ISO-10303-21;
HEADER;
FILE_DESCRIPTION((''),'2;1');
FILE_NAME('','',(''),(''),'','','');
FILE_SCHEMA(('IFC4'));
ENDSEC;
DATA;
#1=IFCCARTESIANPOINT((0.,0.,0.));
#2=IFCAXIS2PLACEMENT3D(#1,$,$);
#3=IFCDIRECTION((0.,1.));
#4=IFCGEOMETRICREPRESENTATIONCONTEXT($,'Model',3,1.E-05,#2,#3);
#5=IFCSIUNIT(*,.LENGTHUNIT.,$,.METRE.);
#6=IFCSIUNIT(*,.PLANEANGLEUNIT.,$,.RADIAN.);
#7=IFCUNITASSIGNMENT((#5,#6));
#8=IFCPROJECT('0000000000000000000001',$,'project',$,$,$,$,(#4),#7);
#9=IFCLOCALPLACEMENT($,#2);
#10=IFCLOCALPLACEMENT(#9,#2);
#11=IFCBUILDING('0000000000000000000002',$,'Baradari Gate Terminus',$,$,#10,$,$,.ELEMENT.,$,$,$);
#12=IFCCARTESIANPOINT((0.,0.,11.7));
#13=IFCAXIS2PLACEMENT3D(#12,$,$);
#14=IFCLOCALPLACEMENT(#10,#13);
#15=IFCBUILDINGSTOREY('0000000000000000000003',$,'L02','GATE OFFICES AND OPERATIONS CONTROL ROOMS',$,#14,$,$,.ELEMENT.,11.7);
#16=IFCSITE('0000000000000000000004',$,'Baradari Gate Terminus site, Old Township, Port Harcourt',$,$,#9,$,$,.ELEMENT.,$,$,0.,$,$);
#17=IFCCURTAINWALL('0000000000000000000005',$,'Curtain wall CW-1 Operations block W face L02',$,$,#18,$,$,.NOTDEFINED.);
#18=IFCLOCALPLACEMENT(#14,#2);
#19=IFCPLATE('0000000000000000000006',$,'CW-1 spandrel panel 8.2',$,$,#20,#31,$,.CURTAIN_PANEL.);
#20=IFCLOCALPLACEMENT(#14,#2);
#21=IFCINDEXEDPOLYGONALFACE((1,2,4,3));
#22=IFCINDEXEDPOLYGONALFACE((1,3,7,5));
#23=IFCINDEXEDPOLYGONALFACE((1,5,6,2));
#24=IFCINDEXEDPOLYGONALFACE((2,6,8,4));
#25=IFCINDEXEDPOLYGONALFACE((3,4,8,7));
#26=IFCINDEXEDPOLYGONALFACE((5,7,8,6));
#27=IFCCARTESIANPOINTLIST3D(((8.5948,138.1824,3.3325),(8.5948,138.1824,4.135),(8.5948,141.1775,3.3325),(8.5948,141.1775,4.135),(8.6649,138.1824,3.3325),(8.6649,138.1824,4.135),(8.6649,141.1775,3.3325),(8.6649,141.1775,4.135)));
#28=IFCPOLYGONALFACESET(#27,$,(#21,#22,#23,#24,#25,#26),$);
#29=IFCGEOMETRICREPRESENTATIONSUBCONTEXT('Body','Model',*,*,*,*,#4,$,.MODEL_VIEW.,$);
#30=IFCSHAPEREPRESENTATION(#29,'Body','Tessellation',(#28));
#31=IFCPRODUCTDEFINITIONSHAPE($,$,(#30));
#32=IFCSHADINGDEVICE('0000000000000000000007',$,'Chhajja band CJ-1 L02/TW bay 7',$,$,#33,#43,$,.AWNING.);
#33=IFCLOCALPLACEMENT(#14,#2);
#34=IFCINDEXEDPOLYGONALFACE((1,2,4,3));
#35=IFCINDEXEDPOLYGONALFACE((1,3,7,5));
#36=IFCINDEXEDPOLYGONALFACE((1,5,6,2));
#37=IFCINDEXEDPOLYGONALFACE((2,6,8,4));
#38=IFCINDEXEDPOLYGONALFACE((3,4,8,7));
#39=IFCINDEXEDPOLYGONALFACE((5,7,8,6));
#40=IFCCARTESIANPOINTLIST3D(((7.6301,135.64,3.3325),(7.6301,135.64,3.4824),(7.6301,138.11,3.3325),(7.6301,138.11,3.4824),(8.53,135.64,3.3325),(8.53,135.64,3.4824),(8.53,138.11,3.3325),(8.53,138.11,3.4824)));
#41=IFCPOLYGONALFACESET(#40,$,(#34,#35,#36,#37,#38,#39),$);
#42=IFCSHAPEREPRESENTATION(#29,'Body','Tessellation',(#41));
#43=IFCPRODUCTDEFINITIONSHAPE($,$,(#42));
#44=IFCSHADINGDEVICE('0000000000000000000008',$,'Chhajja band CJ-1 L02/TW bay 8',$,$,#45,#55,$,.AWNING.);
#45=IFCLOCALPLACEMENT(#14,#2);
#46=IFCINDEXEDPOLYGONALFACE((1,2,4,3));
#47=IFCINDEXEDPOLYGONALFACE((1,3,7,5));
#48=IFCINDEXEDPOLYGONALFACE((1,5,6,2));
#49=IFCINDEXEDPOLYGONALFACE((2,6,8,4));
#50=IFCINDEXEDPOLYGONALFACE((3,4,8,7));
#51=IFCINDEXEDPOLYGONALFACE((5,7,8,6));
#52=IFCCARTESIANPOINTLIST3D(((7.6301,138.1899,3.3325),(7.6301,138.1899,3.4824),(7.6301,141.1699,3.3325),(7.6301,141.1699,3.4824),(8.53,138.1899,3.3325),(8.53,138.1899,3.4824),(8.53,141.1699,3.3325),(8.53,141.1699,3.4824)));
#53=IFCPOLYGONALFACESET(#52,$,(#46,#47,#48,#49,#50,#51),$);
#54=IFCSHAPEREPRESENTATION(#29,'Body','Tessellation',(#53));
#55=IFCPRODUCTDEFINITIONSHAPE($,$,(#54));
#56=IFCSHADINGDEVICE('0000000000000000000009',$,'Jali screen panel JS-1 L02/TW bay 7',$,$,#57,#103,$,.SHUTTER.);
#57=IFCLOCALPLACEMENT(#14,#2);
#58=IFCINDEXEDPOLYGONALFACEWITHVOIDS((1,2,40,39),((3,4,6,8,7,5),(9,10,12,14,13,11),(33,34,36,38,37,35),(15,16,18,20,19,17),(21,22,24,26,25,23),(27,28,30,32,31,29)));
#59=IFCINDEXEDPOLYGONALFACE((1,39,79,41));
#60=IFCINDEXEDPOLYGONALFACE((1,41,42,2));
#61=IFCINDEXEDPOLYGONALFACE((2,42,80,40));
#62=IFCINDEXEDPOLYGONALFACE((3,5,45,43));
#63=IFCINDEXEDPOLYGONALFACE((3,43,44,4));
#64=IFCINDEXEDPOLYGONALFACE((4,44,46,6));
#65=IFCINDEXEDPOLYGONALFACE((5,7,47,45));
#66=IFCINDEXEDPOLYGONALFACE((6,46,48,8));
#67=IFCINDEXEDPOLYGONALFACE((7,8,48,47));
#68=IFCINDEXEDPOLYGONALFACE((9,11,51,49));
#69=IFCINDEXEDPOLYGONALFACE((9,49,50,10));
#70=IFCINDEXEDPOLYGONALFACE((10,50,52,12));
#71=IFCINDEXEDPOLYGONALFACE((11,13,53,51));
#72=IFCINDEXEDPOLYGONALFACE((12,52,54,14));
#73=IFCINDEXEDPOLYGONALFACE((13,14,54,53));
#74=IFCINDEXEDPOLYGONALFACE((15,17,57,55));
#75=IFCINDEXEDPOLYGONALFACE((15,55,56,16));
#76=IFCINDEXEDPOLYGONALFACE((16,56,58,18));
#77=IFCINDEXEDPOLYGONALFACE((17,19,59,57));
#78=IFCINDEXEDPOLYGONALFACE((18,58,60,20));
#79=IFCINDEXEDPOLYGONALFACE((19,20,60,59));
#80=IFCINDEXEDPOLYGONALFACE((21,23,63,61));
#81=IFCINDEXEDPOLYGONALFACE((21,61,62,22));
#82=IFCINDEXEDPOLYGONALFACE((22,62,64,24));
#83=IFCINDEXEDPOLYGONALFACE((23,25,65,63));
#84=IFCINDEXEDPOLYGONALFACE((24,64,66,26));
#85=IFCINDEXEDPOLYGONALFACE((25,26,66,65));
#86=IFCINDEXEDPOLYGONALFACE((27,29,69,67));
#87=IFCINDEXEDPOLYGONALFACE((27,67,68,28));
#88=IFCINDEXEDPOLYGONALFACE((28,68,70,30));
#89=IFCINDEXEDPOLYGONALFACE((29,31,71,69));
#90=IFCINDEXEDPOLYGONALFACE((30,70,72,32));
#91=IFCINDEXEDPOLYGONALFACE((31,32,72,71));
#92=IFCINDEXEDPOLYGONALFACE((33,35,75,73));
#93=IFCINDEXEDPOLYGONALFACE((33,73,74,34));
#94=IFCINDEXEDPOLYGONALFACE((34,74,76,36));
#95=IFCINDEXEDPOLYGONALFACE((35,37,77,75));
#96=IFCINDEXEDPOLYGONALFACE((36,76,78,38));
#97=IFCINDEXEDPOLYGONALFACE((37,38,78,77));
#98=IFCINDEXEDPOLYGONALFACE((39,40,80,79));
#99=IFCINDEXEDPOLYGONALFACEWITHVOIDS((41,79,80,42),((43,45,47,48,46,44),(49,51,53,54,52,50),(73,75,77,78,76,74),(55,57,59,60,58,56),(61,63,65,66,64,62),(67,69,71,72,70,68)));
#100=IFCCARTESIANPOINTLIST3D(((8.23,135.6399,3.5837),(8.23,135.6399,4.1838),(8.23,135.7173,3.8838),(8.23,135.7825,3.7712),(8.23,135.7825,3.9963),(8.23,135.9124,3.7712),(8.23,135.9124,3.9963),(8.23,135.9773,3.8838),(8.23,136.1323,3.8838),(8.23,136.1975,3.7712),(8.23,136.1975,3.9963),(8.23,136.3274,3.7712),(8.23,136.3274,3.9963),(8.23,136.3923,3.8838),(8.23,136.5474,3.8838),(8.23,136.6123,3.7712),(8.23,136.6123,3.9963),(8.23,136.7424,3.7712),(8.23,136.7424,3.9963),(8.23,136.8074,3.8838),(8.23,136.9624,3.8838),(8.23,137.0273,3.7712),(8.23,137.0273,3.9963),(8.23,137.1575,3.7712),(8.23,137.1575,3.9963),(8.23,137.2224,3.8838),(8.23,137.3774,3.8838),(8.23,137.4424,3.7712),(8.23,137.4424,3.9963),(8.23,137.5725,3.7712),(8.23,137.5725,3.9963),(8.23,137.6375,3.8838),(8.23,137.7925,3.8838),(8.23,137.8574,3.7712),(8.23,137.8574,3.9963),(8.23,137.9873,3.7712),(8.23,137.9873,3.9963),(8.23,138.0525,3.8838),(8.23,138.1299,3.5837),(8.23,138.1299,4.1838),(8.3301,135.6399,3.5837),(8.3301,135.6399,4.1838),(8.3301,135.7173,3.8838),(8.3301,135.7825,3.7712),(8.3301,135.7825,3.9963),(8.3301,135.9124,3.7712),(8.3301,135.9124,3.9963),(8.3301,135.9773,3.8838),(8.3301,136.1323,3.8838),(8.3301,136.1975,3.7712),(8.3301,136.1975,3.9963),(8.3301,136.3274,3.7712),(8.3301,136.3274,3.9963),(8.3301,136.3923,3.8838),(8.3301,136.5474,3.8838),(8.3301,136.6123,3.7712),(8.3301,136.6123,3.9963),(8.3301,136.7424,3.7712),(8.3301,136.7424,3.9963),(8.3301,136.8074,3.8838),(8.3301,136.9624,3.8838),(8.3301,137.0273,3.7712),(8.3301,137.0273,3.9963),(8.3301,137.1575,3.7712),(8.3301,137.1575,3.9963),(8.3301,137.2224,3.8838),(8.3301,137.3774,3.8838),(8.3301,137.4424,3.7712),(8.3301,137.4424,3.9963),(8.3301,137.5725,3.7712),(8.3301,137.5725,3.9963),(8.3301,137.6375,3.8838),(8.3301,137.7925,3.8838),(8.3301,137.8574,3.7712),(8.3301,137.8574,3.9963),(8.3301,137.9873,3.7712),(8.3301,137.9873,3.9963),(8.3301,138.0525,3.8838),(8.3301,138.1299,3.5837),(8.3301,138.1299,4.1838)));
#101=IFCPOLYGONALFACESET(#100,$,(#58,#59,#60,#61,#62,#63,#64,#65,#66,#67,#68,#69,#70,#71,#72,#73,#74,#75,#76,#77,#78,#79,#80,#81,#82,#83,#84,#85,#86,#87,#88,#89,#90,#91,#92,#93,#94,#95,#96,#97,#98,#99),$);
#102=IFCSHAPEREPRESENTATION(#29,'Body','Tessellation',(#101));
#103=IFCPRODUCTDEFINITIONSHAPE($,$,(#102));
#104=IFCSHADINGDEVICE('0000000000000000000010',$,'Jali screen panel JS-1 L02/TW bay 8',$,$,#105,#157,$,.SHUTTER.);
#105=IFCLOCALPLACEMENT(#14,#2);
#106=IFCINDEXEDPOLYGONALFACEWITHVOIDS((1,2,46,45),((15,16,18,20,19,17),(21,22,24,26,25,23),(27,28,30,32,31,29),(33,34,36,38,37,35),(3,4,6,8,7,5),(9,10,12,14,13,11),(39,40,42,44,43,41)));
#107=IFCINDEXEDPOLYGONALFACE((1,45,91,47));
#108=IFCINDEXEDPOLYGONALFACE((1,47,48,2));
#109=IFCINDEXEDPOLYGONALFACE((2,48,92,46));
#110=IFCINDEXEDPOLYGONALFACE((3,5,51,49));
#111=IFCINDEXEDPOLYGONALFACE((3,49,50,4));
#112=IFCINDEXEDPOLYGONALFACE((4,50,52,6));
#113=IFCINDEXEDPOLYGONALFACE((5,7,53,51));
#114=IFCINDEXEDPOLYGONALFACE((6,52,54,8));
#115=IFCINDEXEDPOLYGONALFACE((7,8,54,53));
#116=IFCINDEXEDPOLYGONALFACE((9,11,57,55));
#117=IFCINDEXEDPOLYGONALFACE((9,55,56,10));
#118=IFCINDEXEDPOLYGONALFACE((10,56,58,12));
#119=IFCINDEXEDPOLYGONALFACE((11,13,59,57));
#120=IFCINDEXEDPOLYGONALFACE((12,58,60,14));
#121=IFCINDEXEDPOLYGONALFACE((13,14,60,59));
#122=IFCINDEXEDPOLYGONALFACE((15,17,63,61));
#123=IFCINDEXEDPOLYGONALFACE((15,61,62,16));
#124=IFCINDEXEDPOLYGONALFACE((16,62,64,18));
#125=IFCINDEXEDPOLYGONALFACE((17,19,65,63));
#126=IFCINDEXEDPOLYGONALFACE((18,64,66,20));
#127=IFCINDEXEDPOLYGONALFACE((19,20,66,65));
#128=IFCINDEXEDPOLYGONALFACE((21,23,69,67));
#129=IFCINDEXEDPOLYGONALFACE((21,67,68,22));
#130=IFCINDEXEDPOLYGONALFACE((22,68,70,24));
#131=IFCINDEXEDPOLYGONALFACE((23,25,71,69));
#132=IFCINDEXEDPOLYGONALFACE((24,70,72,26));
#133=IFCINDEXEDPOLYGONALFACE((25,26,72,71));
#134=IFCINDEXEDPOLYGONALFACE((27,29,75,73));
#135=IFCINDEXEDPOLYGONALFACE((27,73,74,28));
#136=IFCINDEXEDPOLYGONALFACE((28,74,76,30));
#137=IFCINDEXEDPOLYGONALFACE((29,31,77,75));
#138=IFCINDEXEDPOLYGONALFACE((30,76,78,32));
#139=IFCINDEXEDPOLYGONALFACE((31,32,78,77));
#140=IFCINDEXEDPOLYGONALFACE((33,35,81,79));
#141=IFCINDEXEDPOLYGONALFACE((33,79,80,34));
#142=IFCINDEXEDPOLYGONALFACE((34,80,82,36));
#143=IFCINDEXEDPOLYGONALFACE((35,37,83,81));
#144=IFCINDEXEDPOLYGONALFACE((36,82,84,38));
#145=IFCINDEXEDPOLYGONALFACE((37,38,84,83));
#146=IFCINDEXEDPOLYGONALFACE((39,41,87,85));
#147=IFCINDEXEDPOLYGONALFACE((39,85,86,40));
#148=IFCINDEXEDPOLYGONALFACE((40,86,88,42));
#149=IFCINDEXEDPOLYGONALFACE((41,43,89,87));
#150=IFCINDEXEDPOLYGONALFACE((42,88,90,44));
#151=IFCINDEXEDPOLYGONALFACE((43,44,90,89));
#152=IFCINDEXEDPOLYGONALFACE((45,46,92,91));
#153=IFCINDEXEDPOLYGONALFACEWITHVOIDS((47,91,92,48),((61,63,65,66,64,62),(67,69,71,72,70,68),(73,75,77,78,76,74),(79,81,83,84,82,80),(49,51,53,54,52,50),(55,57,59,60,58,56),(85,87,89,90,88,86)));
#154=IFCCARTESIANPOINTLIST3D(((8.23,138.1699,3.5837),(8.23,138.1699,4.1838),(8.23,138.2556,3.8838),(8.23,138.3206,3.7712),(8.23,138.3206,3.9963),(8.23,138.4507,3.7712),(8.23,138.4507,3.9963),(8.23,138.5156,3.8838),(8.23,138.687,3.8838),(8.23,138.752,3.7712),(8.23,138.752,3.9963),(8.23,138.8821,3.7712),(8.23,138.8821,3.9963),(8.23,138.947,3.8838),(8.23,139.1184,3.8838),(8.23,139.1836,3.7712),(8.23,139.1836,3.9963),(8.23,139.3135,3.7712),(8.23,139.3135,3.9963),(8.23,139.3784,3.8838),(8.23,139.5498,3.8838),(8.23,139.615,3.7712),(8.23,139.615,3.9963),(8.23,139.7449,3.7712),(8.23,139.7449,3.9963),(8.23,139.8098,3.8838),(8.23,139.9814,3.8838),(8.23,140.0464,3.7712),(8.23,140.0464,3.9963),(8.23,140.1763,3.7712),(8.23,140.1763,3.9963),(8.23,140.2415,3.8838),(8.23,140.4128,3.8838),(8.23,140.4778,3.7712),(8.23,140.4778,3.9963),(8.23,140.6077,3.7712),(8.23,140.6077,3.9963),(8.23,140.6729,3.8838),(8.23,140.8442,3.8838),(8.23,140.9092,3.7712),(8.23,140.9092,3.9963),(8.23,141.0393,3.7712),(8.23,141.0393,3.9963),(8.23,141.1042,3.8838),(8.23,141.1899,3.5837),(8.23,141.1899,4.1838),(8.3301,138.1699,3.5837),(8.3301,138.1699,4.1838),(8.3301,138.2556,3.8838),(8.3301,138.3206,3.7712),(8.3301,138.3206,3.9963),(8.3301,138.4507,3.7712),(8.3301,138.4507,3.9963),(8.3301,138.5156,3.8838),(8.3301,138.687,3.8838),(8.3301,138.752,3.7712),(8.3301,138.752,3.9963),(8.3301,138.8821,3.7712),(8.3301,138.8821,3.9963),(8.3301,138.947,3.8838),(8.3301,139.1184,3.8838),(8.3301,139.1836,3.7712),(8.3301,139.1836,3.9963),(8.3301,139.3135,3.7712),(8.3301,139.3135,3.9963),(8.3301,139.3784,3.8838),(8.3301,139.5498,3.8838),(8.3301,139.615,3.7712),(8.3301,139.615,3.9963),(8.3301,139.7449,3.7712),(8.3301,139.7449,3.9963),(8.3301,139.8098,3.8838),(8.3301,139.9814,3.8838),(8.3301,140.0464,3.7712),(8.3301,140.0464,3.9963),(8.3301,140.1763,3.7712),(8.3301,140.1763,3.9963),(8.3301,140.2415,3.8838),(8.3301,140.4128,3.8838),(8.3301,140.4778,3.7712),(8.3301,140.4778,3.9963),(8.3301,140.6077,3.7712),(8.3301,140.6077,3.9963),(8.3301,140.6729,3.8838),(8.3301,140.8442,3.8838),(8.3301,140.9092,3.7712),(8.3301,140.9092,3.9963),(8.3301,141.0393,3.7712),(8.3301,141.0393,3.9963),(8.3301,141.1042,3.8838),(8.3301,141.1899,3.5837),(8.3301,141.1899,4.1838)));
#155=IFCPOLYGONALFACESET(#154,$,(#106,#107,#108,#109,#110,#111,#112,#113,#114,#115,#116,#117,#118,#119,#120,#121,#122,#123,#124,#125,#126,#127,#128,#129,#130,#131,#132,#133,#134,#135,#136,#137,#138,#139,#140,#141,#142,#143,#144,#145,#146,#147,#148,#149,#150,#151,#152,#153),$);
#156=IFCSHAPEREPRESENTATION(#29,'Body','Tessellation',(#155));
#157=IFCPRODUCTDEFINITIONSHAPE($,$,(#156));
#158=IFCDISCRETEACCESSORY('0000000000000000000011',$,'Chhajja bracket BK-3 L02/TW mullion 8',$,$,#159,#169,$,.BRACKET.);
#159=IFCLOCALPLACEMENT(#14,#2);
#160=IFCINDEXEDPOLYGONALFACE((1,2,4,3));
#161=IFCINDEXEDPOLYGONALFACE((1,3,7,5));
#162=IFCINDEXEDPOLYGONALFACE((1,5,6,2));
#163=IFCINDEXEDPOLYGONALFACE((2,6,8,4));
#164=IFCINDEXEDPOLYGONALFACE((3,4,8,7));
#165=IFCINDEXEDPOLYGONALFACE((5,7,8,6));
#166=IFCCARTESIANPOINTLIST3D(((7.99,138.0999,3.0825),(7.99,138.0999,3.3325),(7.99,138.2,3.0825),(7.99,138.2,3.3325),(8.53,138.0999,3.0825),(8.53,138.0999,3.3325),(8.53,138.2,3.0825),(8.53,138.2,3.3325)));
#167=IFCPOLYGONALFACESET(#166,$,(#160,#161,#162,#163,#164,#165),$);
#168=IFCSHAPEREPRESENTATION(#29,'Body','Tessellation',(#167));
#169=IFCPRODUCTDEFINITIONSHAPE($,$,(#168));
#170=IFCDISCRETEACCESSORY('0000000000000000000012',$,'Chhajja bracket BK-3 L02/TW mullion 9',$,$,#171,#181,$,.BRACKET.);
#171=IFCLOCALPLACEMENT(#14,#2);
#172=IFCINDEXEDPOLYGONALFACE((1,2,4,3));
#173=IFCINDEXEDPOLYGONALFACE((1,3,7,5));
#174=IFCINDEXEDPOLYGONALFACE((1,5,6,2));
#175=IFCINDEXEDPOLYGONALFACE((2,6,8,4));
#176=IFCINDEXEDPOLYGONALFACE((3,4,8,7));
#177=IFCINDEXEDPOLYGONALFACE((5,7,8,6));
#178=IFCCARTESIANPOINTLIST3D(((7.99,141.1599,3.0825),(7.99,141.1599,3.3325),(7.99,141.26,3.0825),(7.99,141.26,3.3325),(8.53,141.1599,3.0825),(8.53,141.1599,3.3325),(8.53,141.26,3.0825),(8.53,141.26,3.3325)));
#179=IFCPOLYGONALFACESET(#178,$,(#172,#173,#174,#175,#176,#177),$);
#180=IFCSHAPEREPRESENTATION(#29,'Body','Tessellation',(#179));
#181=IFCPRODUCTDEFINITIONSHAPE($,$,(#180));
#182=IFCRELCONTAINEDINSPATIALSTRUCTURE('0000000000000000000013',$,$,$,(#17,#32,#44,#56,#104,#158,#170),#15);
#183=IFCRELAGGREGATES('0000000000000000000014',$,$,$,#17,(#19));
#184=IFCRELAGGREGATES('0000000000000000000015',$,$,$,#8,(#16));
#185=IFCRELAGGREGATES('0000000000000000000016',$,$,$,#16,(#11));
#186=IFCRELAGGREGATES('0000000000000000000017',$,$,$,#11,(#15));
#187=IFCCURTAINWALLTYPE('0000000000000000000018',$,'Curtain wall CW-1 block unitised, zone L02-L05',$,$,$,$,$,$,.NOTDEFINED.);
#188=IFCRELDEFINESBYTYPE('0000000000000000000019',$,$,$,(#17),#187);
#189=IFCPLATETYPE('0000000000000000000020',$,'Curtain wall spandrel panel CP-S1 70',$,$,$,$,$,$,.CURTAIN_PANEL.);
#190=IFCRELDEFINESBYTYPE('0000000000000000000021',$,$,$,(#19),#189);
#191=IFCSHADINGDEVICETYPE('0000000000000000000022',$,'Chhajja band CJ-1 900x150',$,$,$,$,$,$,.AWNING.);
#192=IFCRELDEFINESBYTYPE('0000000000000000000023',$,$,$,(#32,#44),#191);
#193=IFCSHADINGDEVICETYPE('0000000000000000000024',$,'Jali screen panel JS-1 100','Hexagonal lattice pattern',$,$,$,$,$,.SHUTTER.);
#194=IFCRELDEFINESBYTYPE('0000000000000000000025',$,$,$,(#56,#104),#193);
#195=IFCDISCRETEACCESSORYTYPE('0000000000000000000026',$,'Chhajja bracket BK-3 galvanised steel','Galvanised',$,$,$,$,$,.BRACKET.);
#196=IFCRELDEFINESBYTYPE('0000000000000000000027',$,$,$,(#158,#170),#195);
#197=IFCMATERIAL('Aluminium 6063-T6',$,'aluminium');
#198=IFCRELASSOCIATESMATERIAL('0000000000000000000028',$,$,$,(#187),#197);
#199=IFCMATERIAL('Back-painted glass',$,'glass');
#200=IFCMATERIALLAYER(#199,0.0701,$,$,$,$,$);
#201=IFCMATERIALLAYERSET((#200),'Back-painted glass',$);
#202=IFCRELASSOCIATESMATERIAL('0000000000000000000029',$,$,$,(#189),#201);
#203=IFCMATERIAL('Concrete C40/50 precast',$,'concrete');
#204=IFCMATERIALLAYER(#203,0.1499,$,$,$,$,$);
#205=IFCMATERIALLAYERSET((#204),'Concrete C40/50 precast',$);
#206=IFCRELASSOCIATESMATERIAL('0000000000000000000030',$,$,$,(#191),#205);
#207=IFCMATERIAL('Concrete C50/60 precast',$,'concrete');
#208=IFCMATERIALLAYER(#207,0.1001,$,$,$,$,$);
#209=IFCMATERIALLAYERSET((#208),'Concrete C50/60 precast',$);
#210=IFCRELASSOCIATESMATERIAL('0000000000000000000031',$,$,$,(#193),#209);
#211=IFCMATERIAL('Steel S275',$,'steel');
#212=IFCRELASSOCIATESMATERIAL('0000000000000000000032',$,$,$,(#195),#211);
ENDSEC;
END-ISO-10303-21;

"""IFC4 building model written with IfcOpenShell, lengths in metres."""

from ifc_helpers import new_model, si_unit, direction, frame, origin, origin_2d, place, context, subcontext, project, spatial, polyline, rectangle, outline, extrude, material, layer, layer_set, type_object, element, aggregate, save


model = new_model("IFC4")

# Units and contexts
model_context = context("Model", 3, precision=1e-05, world=origin(), true_north=direction((0.0, 1.0)))
body_context = subcontext(model_context, "Body", "Model", "MODEL_VIEW")
ifc_project = project(units=[si_unit("LENGTHUNIT", "METRE"), si_unit("PLANEANGLEUNIT", "RADIAN")], contexts=[model_context])

# Site, building, storey
site_placement = place(None, origin())
site = spatial("IfcSite", under=ifc_project, at=site_placement, Name="Baradari Gate Terminus site, Old Township, Port Harcourt", CompositionType="ELEMENT", RefElevation=0.0)
building_placement = place(site_placement, origin())
building = spatial("IfcBuilding", under=site, at=building_placement, Name="Baradari Gate Terminus", CompositionType="ELEMENT")
storey_placement = place(building_placement, frame((0.0, 0.0, 11.7)))
storey = spatial("IfcBuildingStorey", under=building, at=storey_placement, Name="L02", Description="GATE OFFICES AND OPERATIONS CONTROL ROOMS", CompositionType="ELEMENT", Elevation=11.7)

# Curtain wall
ifc_material_1 = material(Name="Aluminium 6063-T6", Category="aluminium")
curtain_wall_type = type_object("IfcCurtainWallType", Name="Curtain wall CW-1 block unitised, zone L02-L05", PredefinedType="NOTDEFINED", material=ifc_material_1)
curtain_wall_placement = place(storey_placement, origin())
curtain_wall = element("IfcCurtainWall", 1, at=curtain_wall_placement, inside=storey, type_object=curtain_wall_type, Name="Curtain wall CW-1 Operations block W face L02", PredefinedType="NOTDEFINED")

# Plate
ifc_material_2 = material(Name="Back-painted glass", Category="glass")
ifc_layer_1 = layer(ifc_material_2, 0.0701)
ifc_layer_set_1 = layer_set([ifc_layer_1], Name="Back-painted glass")
plate_type_1 = type_object("IfcPlateType", Name="Curtain wall spandrel panel CP-S1 70", PredefinedType="CURTAIN_PANEL", material=ifc_layer_set_1)
plate_1_placement = place(storey_placement, frame((8.6299, 139.6799, 3.3325), z_axis=(0.0, 0.0, 1.0), x_axis=(0.0, 1.0, 0.0)))
plate_1 = element("IfcPlate", 2, at=plate_1_placement, type_object=plate_type_1, Name="CW-1 spandrel panel 8.2", PredefinedType="CURTAIN_PANEL", context=body_context, shape_type="SweptSolid", body=[
    extrude(rectangle(XDim=2.9951, YDim=0.0701, at=origin_2d()), origin(), (0.0, 0.0, 1.0), 0.8025),
])
aggregate(curtain_wall, [plate_1])

# Shading devices
ifc_material_3 = material(Name="Concrete C40/50 precast", Category="concrete")
ifc_layer_2 = layer(ifc_material_3, 0.1499)
ifc_layer_set_2 = layer_set([ifc_layer_2], Name="Concrete C40/50 precast")
shading_device_type_1 = type_object("IfcShadingDeviceType", Name="Chhajja band CJ-1 900x150", PredefinedType="AWNING", material=ifc_layer_set_2)
shading_device_1_placement = place(storey_placement, frame((8.0801, 136.875, 3.3325), z_axis=(0.0, 0.0, 1.0), x_axis=(0.0, 1.0, 0.0)))
element("IfcShadingDevice", 3, at=shading_device_1_placement, inside=storey, type_object=shading_device_type_1, Name="Chhajja band CJ-1 L02/TW bay 7", PredefinedType="AWNING", context=body_context, shape_type="SweptSolid", body=[
    extrude(rectangle(XDim=2.47, YDim=0.8999, at=origin_2d()), origin(), (0.0, 0.0, 1.0), 0.1499),
])
shading_device_2_placement = place(storey_placement, frame((8.0801, 139.6799, 3.3325), z_axis=(0.0, 0.0, 1.0), x_axis=(0.0, 1.0, 0.0)))
element("IfcShadingDevice", 4, at=shading_device_2_placement, inside=storey, type_object=shading_device_type_1, Name="Chhajja band CJ-1 L02/TW bay 8", PredefinedType="AWNING", context=body_context, shape_type="SweptSolid", body=[
    extrude(rectangle(XDim=2.98, YDim=0.8999, at=origin_2d()), origin(), (0.0, 0.0, 1.0), 0.1499),
])
ifc_material_4 = material(Name="Concrete C50/60 precast", Category="concrete")
ifc_layer_3 = layer(ifc_material_4, 0.1001)
ifc_layer_set_3 = layer_set([ifc_layer_3], Name="Concrete C50/60 precast")
shading_device_type_2 = type_object("IfcShadingDeviceType", Name="Jali screen panel JS-1 100", Description="Hexagonal lattice pattern", PredefinedType="SHUTTER", material=ifc_layer_set_3)
shading_device_3_placement = place(storey_placement, frame((8.28, 135.6399, 3.5837), z_axis=(0.0, 0.0, 1.0), x_axis=(0.0, 1.0, 0.0)))
element("IfcShadingDevice", 5, at=shading_device_3_placement, inside=storey, type_object=shading_device_type_2, Name="Jali screen panel JS-1 L02/TW bay 7", PredefinedType="SHUTTER", context=body_context, shape_type="SweptSolid", body=[
    extrude(outline(polyline([(0.0, 0.0), (2.49, 0.0), (2.49, 0.6001), (0.0, 0.6001), (0.0, 0.0)]), holes=[polyline([(0.3374, 0.3), (0.2725, 0.1875), (0.1426, 0.1875), (0.0774, 0.3), (0.1426, 0.4126), (0.2725, 0.4126), (0.3374, 0.3)]), polyline([(0.7524, 0.3), (0.6875, 0.1875), (0.5576, 0.1875), (0.4924, 0.3), (0.5576, 0.4126), (0.6875, 0.4126), (0.7524, 0.3)]), polyline([(1.1675, 0.3), (1.1025, 0.1875), (0.9724, 0.1875), (0.9075, 0.3), (0.9724, 0.4126), (1.1025, 0.4126), (1.1675, 0.3)]), polyline([(1.5825, 0.3), (1.5176, 0.1875), (1.3875, 0.1875), (1.3225, 0.3), (1.3875, 0.4126), (1.5176, 0.4126), (1.5825, 0.3)]), polyline([(1.9976, 0.3), (1.9326, 0.1875), (1.8025, 0.1875), (1.7375, 0.3), (1.8025, 0.4126), (1.9326, 0.4126), (1.9976, 0.3)]), polyline([(2.4126, 0.3), (2.3474, 0.1875), (2.2175, 0.1875), (2.1526, 0.3), (2.2175, 0.4126), (2.3474, 0.4126), (2.4126, 0.3)])]), frame((0.0, 0.05, 0.0), z_axis=(0.0, -1.0, 0.0), x_axis=(1.0, 0.0, 0.0)), (0.0, 0.0, 1.0), 0.1001),
])
shading_device_4_placement = place(storey_placement, frame((8.28, 138.1699, 3.5837), z_axis=(0.0, 0.0, 1.0), x_axis=(0.0, 1.0, 0.0)))
element("IfcShadingDevice", 6, at=shading_device_4_placement, inside=storey, type_object=shading_device_type_2, Name="Jali screen panel JS-1 L02/TW bay 8", PredefinedType="SHUTTER", context=body_context, shape_type="SweptSolid", body=[
    extrude(outline(polyline([(0.0, 0.0), (3.02, 0.0), (3.02, 0.6001), (0.0, 0.6001), (0.0, 0.0)]), holes=[polyline([(0.3457, 0.3), (0.2808, 0.1875), (0.1506, 0.1875), (0.0857, 0.3), (0.1506, 0.4126), (0.2808, 0.4126), (0.3457, 0.3)]), polyline([(0.7771, 0.3), (0.7122, 0.1875), (0.582, 0.1875), (0.5171, 0.3), (0.582, 0.4126), (0.7122, 0.4126), (0.7771, 0.3)]), polyline([(1.2085, 0.3), (1.1436, 0.1875), (1.0137, 0.1875), (0.9485, 0.3), (1.0137, 0.4126), (1.1436, 0.4126), (1.2085, 0.3)]), polyline([(1.6399, 0.3), (1.575, 0.1875), (1.4451, 0.1875), (1.3799, 0.3), (1.4451, 0.4126), (1.575, 0.4126), (1.6399, 0.3)]), polyline([(2.0715, 0.3), (2.0063, 0.1875), (1.8765, 0.1875), (1.8115, 0.3), (1.8765, 0.4126), (2.0063, 0.4126), (2.0715, 0.3)]), polyline([(2.5029, 0.3), (2.4377, 0.1875), (2.3079, 0.1875), (2.2429, 0.3), (2.3079, 0.4126), (2.4377, 0.4126), (2.5029, 0.3)]), polyline([(2.9343, 0.3), (2.8694, 0.1875), (2.7393, 0.1875), (2.6743, 0.3), (2.7393, 0.4126), (2.8694, 0.4126), (2.9343, 0.3)])]), frame((0.0, 0.05, 0.0), z_axis=(0.0, -1.0, 0.0), x_axis=(1.0, 0.0, 0.0)), (0.0, 0.0, 1.0), 0.1001),
])

# Discrete accessories
ifc_material_5 = material(Name="Steel S275", Category="steel")
discrete_accessory_type_1 = type_object("IfcDiscreteAccessoryType", Name="Chhajja bracket BK-3 galvanised steel", Description="Galvanised", PredefinedType="BRACKET", material=ifc_material_5)
for number, where, z_axis, x_axis, name in (
    (7, (8.26, 138.1499, 3.0825), (0.0, 0.0, 1.0), (-1.0, 0.0, 0.0), "Chhajja bracket BK-3 L02/TW mullion 8"),
    (8, (8.26, 141.21, 3.0825), (0.0, 0.0, 1.0), (-1.0, 0.0, 0.0), "Chhajja bracket BK-3 L02/TW mullion 9"),
):
    element("IfcDiscreteAccessory", number, at=place(storey_placement, frame(where, z_axis=z_axis, x_axis=x_axis)), inside=storey, type_object=discrete_accessory_type_1, Name=name, PredefinedType="BRACKET", context=body_context, shape_type="SweptSolid", body=[
        extrude(rectangle(XDim=0.54, YDim=0.1001, at=origin_2d()), origin(), (0.0, 0.0, 1.0), 0.25),
    ])

save(model, "model.ifc")
